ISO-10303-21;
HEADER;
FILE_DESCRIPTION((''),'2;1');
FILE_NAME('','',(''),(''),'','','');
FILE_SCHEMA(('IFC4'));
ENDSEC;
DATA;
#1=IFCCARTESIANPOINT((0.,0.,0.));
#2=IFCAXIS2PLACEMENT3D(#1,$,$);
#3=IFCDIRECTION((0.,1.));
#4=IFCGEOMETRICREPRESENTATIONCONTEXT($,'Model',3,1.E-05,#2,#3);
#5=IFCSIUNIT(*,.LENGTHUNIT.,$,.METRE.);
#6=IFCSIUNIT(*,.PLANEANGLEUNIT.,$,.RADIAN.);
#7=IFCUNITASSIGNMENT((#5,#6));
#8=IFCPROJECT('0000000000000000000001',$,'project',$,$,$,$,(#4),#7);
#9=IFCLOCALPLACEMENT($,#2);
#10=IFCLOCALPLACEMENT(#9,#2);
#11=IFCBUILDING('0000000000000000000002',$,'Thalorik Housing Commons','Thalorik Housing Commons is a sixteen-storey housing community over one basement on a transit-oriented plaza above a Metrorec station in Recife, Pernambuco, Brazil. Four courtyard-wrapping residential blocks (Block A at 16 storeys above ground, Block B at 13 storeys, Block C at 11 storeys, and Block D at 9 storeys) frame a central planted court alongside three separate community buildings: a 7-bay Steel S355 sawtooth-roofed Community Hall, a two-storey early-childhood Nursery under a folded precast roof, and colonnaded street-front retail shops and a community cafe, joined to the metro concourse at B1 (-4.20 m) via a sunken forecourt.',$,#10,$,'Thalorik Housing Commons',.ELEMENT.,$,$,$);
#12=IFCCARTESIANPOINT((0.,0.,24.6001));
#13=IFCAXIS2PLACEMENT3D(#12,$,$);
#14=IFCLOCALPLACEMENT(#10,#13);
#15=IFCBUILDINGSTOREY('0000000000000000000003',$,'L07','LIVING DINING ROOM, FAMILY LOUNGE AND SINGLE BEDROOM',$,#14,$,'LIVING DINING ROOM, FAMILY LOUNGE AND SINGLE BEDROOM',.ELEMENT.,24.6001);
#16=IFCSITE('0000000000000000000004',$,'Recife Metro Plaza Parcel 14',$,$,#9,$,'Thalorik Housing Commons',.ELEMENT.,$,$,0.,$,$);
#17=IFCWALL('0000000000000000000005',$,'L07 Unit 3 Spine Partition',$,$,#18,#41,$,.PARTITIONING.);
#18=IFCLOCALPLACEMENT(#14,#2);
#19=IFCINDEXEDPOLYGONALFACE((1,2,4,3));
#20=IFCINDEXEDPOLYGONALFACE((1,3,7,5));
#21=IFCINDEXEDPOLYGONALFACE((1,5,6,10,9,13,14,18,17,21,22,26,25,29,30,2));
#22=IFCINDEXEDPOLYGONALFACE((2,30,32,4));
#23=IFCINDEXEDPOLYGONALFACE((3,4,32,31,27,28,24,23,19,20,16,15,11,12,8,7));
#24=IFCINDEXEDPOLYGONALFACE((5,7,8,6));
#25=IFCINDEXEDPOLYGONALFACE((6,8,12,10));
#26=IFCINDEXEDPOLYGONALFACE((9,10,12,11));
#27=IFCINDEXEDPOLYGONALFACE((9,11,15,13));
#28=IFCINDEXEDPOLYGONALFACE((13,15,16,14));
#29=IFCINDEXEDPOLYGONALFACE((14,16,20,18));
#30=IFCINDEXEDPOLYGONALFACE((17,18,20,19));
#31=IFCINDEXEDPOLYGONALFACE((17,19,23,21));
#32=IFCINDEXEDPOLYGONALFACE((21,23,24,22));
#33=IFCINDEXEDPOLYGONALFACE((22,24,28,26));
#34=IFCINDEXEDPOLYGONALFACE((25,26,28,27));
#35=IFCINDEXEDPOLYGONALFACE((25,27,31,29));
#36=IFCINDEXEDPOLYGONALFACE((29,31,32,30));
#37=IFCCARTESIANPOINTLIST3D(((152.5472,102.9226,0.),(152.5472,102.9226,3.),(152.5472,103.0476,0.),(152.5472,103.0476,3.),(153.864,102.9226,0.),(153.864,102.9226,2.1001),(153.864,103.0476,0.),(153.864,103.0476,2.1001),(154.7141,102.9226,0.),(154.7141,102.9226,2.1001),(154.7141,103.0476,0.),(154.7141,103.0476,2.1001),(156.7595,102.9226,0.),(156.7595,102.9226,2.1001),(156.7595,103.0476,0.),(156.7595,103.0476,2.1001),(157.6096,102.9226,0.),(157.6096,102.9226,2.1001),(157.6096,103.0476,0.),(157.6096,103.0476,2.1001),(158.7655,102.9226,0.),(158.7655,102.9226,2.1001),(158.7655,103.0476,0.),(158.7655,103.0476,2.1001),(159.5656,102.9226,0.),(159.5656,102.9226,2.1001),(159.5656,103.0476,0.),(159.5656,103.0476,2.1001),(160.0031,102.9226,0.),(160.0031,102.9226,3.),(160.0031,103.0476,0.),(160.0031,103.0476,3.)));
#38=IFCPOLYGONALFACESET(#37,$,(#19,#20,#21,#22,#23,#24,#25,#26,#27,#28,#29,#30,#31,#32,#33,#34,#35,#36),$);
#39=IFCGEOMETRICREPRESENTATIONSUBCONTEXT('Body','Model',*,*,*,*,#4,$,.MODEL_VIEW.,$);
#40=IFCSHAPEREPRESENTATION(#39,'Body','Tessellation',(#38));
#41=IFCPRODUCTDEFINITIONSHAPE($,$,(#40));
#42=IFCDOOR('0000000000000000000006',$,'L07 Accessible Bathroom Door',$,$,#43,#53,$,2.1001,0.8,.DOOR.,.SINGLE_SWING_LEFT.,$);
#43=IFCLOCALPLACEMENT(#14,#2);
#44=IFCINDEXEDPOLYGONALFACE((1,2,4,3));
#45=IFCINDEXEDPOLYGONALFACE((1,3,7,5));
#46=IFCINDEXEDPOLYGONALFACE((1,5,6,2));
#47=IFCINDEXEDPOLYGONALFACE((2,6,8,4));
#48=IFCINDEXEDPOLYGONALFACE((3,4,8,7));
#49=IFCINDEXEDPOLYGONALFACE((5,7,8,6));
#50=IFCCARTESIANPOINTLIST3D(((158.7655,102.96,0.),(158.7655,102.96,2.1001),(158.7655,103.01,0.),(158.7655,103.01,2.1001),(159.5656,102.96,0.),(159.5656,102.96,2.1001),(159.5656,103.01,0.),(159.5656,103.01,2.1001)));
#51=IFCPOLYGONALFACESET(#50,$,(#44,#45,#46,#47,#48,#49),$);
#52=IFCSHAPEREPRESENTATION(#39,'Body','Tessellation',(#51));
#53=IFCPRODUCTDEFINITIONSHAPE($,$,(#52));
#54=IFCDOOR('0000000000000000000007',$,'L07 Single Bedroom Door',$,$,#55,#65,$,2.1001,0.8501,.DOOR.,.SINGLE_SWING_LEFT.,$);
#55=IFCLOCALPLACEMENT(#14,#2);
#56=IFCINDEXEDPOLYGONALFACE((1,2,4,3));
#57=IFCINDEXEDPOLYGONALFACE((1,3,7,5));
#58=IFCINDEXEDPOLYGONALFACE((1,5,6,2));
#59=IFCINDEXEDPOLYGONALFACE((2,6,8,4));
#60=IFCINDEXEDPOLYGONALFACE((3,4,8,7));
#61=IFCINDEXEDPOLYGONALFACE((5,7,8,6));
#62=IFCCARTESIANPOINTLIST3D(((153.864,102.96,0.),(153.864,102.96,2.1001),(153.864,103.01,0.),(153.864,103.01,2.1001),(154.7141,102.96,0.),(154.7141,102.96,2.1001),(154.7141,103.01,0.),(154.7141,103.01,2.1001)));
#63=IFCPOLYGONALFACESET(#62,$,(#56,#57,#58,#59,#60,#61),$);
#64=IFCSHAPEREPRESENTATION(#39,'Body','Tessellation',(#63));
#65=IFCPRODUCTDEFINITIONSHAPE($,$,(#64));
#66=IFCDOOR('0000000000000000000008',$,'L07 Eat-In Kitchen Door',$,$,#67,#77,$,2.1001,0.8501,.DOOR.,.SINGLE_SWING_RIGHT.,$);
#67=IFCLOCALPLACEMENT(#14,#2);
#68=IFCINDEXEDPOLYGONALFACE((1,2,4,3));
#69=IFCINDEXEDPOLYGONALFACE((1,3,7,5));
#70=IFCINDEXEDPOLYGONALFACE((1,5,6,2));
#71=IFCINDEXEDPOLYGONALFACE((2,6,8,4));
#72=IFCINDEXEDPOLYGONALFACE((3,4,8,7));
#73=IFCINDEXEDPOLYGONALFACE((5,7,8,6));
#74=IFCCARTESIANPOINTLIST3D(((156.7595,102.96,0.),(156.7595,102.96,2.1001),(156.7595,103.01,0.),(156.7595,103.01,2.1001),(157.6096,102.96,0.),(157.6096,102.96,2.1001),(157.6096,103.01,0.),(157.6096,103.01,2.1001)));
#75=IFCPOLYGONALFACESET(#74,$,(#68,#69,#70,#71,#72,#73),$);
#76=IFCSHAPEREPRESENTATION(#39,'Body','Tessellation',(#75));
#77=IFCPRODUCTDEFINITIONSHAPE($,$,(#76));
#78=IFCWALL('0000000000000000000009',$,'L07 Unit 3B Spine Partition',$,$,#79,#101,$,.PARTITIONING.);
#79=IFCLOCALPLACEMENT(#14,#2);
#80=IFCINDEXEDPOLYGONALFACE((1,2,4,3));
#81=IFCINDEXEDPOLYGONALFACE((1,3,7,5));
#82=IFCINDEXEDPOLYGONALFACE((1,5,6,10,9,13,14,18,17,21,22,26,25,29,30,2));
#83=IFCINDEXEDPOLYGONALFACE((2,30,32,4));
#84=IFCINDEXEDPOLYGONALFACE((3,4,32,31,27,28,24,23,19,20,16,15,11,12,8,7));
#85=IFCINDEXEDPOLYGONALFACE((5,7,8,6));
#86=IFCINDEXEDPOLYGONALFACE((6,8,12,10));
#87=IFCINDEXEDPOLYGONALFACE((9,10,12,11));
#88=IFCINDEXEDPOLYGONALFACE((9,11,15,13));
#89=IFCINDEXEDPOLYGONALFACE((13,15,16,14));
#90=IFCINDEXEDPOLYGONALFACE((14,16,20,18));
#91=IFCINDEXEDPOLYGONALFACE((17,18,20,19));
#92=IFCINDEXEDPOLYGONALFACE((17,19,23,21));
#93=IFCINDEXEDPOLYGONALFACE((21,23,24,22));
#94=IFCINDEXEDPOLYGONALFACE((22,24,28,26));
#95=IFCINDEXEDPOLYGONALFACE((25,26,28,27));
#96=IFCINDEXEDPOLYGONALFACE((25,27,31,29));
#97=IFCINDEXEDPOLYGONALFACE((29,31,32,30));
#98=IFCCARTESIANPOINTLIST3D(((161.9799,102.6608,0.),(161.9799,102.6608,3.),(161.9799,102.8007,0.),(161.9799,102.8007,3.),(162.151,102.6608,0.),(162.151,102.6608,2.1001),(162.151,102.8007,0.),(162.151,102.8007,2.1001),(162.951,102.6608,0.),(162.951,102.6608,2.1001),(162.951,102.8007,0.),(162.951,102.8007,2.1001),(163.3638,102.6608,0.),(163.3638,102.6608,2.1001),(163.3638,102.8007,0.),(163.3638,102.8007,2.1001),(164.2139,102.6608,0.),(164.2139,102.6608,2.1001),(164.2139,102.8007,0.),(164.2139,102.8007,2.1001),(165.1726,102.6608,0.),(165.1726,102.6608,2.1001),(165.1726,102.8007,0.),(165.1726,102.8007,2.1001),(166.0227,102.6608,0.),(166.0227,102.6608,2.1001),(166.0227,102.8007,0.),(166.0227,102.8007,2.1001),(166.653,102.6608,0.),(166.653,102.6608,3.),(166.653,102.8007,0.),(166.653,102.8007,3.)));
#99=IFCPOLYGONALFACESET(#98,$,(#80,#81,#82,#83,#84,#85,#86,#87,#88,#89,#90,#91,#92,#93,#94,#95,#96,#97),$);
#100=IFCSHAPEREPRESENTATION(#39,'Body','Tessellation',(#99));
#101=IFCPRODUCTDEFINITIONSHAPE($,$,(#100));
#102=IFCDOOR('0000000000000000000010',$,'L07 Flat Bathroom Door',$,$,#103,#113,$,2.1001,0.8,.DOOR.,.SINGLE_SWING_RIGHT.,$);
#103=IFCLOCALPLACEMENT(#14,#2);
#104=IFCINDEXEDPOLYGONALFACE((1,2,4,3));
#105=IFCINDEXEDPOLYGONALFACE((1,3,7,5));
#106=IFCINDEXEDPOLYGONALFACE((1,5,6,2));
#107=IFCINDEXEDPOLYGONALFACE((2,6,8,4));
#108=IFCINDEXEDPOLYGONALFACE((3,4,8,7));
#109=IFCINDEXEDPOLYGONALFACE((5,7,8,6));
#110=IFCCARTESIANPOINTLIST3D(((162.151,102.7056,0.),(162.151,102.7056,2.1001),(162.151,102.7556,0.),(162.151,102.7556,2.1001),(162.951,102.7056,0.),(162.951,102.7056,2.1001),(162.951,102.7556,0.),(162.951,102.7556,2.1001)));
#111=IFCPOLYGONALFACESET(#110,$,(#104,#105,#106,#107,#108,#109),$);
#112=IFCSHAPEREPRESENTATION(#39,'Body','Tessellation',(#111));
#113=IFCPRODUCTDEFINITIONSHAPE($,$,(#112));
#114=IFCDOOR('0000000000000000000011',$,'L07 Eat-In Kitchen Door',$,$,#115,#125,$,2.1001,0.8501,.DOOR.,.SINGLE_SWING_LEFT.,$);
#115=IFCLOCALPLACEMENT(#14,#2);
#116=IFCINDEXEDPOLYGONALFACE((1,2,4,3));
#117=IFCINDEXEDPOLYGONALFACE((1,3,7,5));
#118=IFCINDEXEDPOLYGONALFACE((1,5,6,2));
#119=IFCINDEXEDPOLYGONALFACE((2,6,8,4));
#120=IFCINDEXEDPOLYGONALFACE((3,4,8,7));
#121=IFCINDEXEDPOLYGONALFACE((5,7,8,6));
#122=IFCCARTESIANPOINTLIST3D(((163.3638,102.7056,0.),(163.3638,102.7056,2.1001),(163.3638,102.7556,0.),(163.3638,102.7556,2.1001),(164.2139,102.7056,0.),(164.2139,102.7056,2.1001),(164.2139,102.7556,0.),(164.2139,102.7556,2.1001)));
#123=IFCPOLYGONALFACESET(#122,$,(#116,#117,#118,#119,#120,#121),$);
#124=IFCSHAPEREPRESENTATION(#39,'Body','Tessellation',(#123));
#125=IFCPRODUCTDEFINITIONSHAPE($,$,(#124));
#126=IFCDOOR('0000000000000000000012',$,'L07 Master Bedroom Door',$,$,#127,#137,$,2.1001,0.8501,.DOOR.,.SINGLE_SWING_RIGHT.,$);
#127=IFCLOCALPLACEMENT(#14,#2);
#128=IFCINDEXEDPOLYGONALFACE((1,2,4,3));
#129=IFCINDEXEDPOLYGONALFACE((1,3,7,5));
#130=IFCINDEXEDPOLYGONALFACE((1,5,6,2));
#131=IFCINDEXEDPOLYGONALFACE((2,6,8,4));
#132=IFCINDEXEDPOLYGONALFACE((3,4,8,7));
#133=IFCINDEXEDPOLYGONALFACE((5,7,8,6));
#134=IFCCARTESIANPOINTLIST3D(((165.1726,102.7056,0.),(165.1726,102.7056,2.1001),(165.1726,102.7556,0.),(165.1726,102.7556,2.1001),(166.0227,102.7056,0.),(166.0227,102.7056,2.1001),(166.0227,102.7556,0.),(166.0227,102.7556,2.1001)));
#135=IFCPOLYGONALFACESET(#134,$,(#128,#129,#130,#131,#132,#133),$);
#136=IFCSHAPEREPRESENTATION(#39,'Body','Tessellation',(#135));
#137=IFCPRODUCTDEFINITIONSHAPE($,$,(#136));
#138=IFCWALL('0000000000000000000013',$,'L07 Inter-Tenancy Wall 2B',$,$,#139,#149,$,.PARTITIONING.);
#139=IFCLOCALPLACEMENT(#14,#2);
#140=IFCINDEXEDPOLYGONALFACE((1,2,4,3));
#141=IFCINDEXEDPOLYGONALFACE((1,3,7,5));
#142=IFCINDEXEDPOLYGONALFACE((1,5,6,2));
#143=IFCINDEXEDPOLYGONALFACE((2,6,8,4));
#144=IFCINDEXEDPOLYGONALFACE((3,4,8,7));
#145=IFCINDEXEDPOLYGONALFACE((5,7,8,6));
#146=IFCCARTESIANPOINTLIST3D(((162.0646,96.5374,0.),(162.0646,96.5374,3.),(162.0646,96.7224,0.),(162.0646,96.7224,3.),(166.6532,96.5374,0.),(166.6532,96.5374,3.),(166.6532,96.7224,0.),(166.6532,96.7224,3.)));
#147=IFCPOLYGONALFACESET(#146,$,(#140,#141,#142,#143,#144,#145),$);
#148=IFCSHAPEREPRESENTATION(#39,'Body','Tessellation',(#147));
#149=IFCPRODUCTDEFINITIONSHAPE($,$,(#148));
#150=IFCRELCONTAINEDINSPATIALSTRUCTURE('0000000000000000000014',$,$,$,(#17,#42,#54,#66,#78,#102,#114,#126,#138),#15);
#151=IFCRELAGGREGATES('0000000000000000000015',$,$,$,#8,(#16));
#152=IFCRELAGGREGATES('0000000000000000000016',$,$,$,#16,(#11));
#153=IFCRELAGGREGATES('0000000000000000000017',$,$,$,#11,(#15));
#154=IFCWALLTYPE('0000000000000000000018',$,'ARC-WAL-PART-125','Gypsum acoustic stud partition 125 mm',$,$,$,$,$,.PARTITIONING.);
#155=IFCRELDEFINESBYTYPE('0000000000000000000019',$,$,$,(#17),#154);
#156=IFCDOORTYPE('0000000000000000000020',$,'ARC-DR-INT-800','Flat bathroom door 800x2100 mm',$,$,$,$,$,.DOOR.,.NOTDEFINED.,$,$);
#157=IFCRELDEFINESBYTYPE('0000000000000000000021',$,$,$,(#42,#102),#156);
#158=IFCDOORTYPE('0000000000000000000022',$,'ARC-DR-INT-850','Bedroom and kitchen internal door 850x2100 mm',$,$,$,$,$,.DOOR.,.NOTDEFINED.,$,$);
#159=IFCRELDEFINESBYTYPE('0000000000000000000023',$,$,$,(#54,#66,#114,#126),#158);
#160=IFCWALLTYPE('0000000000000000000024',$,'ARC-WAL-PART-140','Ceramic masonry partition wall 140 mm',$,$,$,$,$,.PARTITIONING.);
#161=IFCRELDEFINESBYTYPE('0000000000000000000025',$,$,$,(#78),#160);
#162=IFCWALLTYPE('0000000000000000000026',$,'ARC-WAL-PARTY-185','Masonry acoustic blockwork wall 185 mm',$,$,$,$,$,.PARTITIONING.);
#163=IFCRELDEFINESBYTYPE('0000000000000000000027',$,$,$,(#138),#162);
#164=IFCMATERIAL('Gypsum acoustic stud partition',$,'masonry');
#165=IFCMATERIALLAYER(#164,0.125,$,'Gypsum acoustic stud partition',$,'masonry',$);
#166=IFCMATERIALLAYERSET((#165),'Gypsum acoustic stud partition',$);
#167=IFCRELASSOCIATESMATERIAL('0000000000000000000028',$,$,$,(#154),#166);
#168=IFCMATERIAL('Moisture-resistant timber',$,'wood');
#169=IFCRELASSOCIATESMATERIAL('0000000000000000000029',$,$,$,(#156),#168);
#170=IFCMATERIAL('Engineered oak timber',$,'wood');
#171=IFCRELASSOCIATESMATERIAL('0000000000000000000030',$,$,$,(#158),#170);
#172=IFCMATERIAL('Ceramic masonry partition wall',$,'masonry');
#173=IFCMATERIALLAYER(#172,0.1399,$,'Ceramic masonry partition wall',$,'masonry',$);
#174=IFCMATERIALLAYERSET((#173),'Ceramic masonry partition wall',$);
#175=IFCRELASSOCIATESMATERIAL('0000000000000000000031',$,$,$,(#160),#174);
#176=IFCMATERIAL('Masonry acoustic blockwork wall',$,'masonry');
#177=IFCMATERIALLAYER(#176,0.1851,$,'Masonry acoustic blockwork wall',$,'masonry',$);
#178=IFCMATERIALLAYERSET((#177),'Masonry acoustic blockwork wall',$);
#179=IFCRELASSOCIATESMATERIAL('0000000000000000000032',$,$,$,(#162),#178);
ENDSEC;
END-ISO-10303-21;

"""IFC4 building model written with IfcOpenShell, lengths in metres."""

from ifc_helpers import new_model, si_unit, direction, frame, frame_2d, origin, place, context, subcontext, project, spatial, rectangle, extrude, material, layer, layer_set, type_object, element, fill, save


model = new_model("IFC4")

# Units and contexts
model_context = context("Model", 3, precision=1e-05, world=origin(), true_north=direction((0.0, 1.0)))
body_context = subcontext(model_context, "Body", "Model", "MODEL_VIEW")
ifc_project = project(units=[si_unit("LENGTHUNIT", "METRE"), si_unit("PLANEANGLEUNIT", "RADIAN")], contexts=[model_context])

# Site, building, storey
site_placement = place(None, origin())
site = spatial("IfcSite", under=ifc_project, at=site_placement, Name="Recife Metro Plaza Parcel 14", LongName="Thalorik Housing Commons", CompositionType="ELEMENT", RefElevation=0.0)
building_placement = place(site_placement, origin())
building = spatial("IfcBuilding", under=site, at=building_placement, Name="Thalorik Housing Commons", Description="Thalorik Housing Commons is a sixteen-storey housing community over one basement on a transit-oriented plaza above a Metrorec station in Recife, Pernambuco, Brazil. Four courtyard-wrapping residential blocks (Block A at 16 storeys above ground, Block B at 13 storeys, Block C at 11 storeys, and Block D at 9 storeys) frame a central planted court alongside three separate community buildings: a 7-bay Steel S355 sawtooth-roofed Community Hall, a two-storey early-childhood Nursery under a folded precast roof, and colonnaded street-front retail shops and a community cafe, joined to the metro concourse at B1 (-4.20 m) via a sunken forecourt.", LongName="Thalorik Housing Commons", CompositionType="ELEMENT")
storey_placement = place(building_placement, frame((0.0, 0.0, 24.6001)))
storey = spatial("IfcBuildingStorey", under=building, at=storey_placement, Name="L07", Description="LIVING DINING ROOM, FAMILY LOUNGE AND SINGLE BEDROOM", LongName="LIVING DINING ROOM, FAMILY LOUNGE AND SINGLE BEDROOM", CompositionType="ELEMENT", Elevation=24.6001)

# Walls, openings, doors
ifc_material_1 = material(Name="Gypsum acoustic stud partition", Category="masonry")
ifc_layer_1 = layer(ifc_material_1, 0.125, Name="Gypsum acoustic stud partition", Category="masonry")
ifc_layer_set_1 = layer_set([ifc_layer_1], Name="Gypsum acoustic stud partition")
wall_type_1 = type_object("IfcWallType", Name="ARC-WAL-PART-125", Description="Gypsum acoustic stud partition 125 mm", PredefinedType="PARTITIONING", material=ifc_layer_set_1)
wall_1_placement = place(storey_placement, frame((152.5471, 102.9851, 0.0), z_axis=(0.0, 0.0, 1.0), x_axis=(1.0, 0.0, 0.0)))
wall_1 = element("IfcWall", 1, at=wall_1_placement, inside=storey, type_object=wall_type_1, Name="L07 Unit 3 Spine Partition", PredefinedType="PARTITIONING", context=body_context, shape_type="SweptSolid", body=[
    extrude(rectangle(XDim=7.4558, YDim=0.125, at=frame_2d((3.728, 0.0))), origin(), (0.0, 0.0, 1.0), 3.0),
])
opening_1_placement = place(wall_1_placement, frame((1.3169, 0.0, 0.0)))
opening_1 = element("IfcOpeningElement", 2, at=opening_1_placement, cuts=wall_1, PredefinedType="OPENING", context=body_context, shape_type="SweptSolid", body=[
    extrude(rectangle(XDim=0.8501, YDim=2.1001, at=frame_2d((0.425, 1.05))), frame((0.0, 0.0725, 0.0), z_axis=(0.0, -1.0, 0.0), x_axis=(1.0, 0.0, 0.0)), (0.0, 0.0, 1.0), 0.145),
])
opening_2_placement = place(wall_1_placement, frame((4.2124, 0.0, 0.0)))
opening_2 = element("IfcOpeningElement", 3, at=opening_2_placement, cuts=wall_1, PredefinedType="OPENING", context=body_context, shape_type="SweptSolid", body=[
    extrude(rectangle(XDim=0.8501, YDim=2.1001, at=frame_2d((0.425, 1.05))), frame((0.0, 0.0725, 0.0), z_axis=(0.0, -1.0, 0.0), x_axis=(1.0, 0.0, 0.0)), (0.0, 0.0, 1.0), 0.145),
])
opening_3_placement = place(wall_1_placement, frame((6.2185, 0.0, 0.0)))
opening_3 = element("IfcOpeningElement", 4, at=opening_3_placement, cuts=wall_1, PredefinedType="OPENING", context=body_context, shape_type="SweptSolid", body=[
    extrude(rectangle(XDim=0.8, YDim=2.1001, at=frame_2d((0.3999, 1.05))), frame((0.0, 0.0725, 0.0), z_axis=(0.0, -1.0, 0.0), x_axis=(1.0, 0.0, 0.0)), (0.0, 0.0, 1.0), 0.145),
])
ifc_material_2 = material(Name="Moisture-resistant timber", Category="wood")
door_type_1 = type_object("IfcDoorType", Name="ARC-DR-INT-800", Description="Flat bathroom door 800x2100 mm", OperationType="NOTDEFINED", PredefinedType="DOOR", material=ifc_material_2)
door_1_placement = place(opening_3_placement, origin())
door_1 = element("IfcDoor", 5, at=door_1_placement, inside=storey, type_object=door_type_1, Name="L07 Accessible Bathroom Door", OperationType="SINGLE_SWING_LEFT", OverallHeight=2.1001, OverallWidth=0.8, PredefinedType="DOOR", context=body_context, shape_type="SweptSolid", body=[
    extrude(rectangle(XDim=0.8, YDim=2.1001, at=frame_2d((0.3999, 1.05))), frame((0.0, 0.0249, 0.0), z_axis=(0.0, -1.0, 0.0), x_axis=(1.0, 0.0, 0.0)), (0.0, 0.0, 1.0), 0.05),
])
fill(opening_3, door_1)
ifc_material_3 = material(Name="Engineered oak timber", Category="wood")
door_type_2 = type_object("IfcDoorType", Name="ARC-DR-INT-850", Description="Bedroom and kitchen internal door 850x2100 mm", OperationType="NOTDEFINED", PredefinedType="DOOR", material=ifc_material_3)
door_2_placement = place(opening_1_placement, origin())
door_2 = element("IfcDoor", 6, at=door_2_placement, inside=storey, type_object=door_type_2, Name="L07 Single Bedroom Door", OperationType="SINGLE_SWING_LEFT", OverallHeight=2.1001, OverallWidth=0.8501, PredefinedType="DOOR", context=body_context, shape_type="SweptSolid", body=[
    extrude(rectangle(XDim=0.8501, YDim=2.1001, at=frame_2d((0.425, 1.05))), frame((0.0, 0.0249, 0.0), z_axis=(0.0, -1.0, 0.0), x_axis=(1.0, 0.0, 0.0)), (0.0, 0.0, 1.0), 0.05),
])
fill(opening_1, door_2)
door_3_placement = place(opening_2_placement, origin())
door_3 = element("IfcDoor", 7, at=door_3_placement, inside=storey, type_object=door_type_2, Name="L07 Eat-In Kitchen Door", OperationType="SINGLE_SWING_RIGHT", OverallHeight=2.1001, OverallWidth=0.8501, PredefinedType="DOOR", context=body_context, shape_type="SweptSolid", body=[
    extrude(rectangle(XDim=0.8501, YDim=2.1001, at=frame_2d((0.425, 1.05))), frame((0.0, 0.0249, 0.0), z_axis=(0.0, -1.0, 0.0), x_axis=(1.0, 0.0, 0.0)), (0.0, 0.0, 1.0), 0.05),
])
fill(opening_2, door_3)
ifc_material_4 = material(Name="Ceramic masonry partition wall", Category="masonry")
ifc_layer_2 = layer(ifc_material_4, 0.1399, Name="Ceramic masonry partition wall", Category="masonry")
ifc_layer_set_2 = layer_set([ifc_layer_2], Name="Ceramic masonry partition wall")
wall_type_2 = type_object("IfcWallType", Name="ARC-WAL-PART-140", Description="Ceramic masonry partition wall 140 mm", PredefinedType="PARTITIONING", material=ifc_layer_set_2)
wall_2_placement = place(storey_placement, frame((161.98, 102.7307, 0.0), z_axis=(0.0, 0.0, 1.0), x_axis=(1.0, 0.0, 0.0)))
wall_2 = element("IfcWall", 8, at=wall_2_placement, inside=storey, type_object=wall_type_2, Name="L07 Unit 3B Spine Partition", PredefinedType="PARTITIONING", context=body_context, shape_type="SweptSolid", body=[
    extrude(rectangle(XDim=4.6731, YDim=0.1399, at=frame_2d((2.3364, 0.0))), origin(), (0.0, 0.0, 1.0), 3.0),
])
opening_4_placement = place(wall_2_placement, frame((0.1711, 0.0, 0.0)))
opening_4 = element("IfcOpeningElement", 9, at=opening_4_placement, cuts=wall_2, PredefinedType="OPENING", context=body_context, shape_type="SweptSolid", body=[
    extrude(rectangle(XDim=0.8, YDim=2.1001, at=frame_2d((0.3999, 1.05))), frame((0.0, 0.0801, 0.0), z_axis=(0.0, -1.0, 0.0), x_axis=(1.0, 0.0, 0.0)), (0.0, 0.0, 1.0), 0.1599),
])
opening_5_placement = place(wall_2_placement, frame((1.3838, 0.0, 0.0)))
opening_5 = element("IfcOpeningElement", 10, at=opening_5_placement, cuts=wall_2, PredefinedType="OPENING", context=body_context, shape_type="SweptSolid", body=[
    extrude(rectangle(XDim=0.8501, YDim=2.1001, at=frame_2d((0.425, 1.05))), frame((0.0, 0.0801, 0.0), z_axis=(0.0, -1.0, 0.0), x_axis=(1.0, 0.0, 0.0)), (0.0, 0.0, 1.0), 0.1599),
])
opening_6_placement = place(wall_2_placement, frame((3.1926, 0.0, 0.0)))
opening_6 = element("IfcOpeningElement", 11, at=opening_6_placement, cuts=wall_2, PredefinedType="OPENING", context=body_context, shape_type="SweptSolid", body=[
    extrude(rectangle(XDim=0.8501, YDim=2.1001, at=frame_2d((0.425, 1.05))), frame((0.0, 0.0801, 0.0), z_axis=(0.0, -1.0, 0.0), x_axis=(1.0, 0.0, 0.0)), (0.0, 0.0, 1.0), 0.1599),
])
door_4_placement = place(opening_4_placement, origin())
door_4 = element("IfcDoor", 12, at=door_4_placement, inside=storey, type_object=door_type_1, Name="L07 Flat Bathroom Door", OperationType="SINGLE_SWING_RIGHT", OverallHeight=2.1001, OverallWidth=0.8, PredefinedType="DOOR", context=body_context, shape_type="SweptSolid", body=[
    extrude(rectangle(XDim=0.8, YDim=2.1001, at=frame_2d((0.3999, 1.05))), frame((0.0, 0.0249, 0.0), z_axis=(0.0, -1.0, 0.0), x_axis=(1.0, 0.0, 0.0)), (0.0, 0.0, 1.0), 0.05),
])
fill(opening_4, door_4)
door_5_placement = place(opening_5_placement, origin())
door_5 = element("IfcDoor", 13, at=door_5_placement, inside=storey, type_object=door_type_2, Name="L07 Eat-In Kitchen Door", OperationType="SINGLE_SWING_LEFT", OverallHeight=2.1001, OverallWidth=0.8501, PredefinedType="DOOR", context=body_context, shape_type="SweptSolid", body=[
    extrude(rectangle(XDim=0.8501, YDim=2.1001, at=frame_2d((0.425, 1.05))), frame((0.0, 0.0249, 0.0), z_axis=(0.0, -1.0, 0.0), x_axis=(1.0, 0.0, 0.0)), (0.0, 0.0, 1.0), 0.05),
])
fill(opening_5, door_5)
door_6_placement = place(opening_6_placement, origin())
door_6 = element("IfcDoor", 14, at=door_6_placement, inside=storey, type_object=door_type_2, Name="L07 Master Bedroom Door", OperationType="SINGLE_SWING_RIGHT", OverallHeight=2.1001, OverallWidth=0.8501, PredefinedType="DOOR", context=body_context, shape_type="SweptSolid", body=[
    extrude(rectangle(XDim=0.8501, YDim=2.1001, at=frame_2d((0.425, 1.05))), frame((0.0, 0.0249, 0.0), z_axis=(0.0, -1.0, 0.0), x_axis=(1.0, 0.0, 0.0)), (0.0, 0.0, 1.0), 0.05),
])
fill(opening_6, door_6)

# Wall
ifc_material_5 = material(Name="Masonry acoustic blockwork wall", Category="masonry")
ifc_layer_3 = layer(ifc_material_5, 0.1851, Name="Masonry acoustic blockwork wall", Category="masonry")
ifc_layer_set_3 = layer_set([ifc_layer_3], Name="Masonry acoustic blockwork wall")
wall_type_3 = type_object("IfcWallType", Name="ARC-WAL-PARTY-185", Description="Masonry acoustic blockwork wall 185 mm", PredefinedType="PARTITIONING", material=ifc_layer_set_3)
wall_3_placement = place(storey_placement, frame((162.0645, 96.6299, 0.0), z_axis=(0.0, 0.0, 1.0), x_axis=(1.0, 0.0, 0.0)))
element("IfcWall", 15, at=wall_3_placement, inside=storey, type_object=wall_type_3, Name="L07 Inter-Tenancy Wall 2B", PredefinedType="PARTITIONING", context=body_context, shape_type="SweptSolid", body=[
    extrude(rectangle(XDim=4.5886, YDim=0.1851, at=frame_2d((2.2944, 0.0))), origin(), (0.0, 0.0, 1.0), 3.0),
])

save(model, "model.ifc")
